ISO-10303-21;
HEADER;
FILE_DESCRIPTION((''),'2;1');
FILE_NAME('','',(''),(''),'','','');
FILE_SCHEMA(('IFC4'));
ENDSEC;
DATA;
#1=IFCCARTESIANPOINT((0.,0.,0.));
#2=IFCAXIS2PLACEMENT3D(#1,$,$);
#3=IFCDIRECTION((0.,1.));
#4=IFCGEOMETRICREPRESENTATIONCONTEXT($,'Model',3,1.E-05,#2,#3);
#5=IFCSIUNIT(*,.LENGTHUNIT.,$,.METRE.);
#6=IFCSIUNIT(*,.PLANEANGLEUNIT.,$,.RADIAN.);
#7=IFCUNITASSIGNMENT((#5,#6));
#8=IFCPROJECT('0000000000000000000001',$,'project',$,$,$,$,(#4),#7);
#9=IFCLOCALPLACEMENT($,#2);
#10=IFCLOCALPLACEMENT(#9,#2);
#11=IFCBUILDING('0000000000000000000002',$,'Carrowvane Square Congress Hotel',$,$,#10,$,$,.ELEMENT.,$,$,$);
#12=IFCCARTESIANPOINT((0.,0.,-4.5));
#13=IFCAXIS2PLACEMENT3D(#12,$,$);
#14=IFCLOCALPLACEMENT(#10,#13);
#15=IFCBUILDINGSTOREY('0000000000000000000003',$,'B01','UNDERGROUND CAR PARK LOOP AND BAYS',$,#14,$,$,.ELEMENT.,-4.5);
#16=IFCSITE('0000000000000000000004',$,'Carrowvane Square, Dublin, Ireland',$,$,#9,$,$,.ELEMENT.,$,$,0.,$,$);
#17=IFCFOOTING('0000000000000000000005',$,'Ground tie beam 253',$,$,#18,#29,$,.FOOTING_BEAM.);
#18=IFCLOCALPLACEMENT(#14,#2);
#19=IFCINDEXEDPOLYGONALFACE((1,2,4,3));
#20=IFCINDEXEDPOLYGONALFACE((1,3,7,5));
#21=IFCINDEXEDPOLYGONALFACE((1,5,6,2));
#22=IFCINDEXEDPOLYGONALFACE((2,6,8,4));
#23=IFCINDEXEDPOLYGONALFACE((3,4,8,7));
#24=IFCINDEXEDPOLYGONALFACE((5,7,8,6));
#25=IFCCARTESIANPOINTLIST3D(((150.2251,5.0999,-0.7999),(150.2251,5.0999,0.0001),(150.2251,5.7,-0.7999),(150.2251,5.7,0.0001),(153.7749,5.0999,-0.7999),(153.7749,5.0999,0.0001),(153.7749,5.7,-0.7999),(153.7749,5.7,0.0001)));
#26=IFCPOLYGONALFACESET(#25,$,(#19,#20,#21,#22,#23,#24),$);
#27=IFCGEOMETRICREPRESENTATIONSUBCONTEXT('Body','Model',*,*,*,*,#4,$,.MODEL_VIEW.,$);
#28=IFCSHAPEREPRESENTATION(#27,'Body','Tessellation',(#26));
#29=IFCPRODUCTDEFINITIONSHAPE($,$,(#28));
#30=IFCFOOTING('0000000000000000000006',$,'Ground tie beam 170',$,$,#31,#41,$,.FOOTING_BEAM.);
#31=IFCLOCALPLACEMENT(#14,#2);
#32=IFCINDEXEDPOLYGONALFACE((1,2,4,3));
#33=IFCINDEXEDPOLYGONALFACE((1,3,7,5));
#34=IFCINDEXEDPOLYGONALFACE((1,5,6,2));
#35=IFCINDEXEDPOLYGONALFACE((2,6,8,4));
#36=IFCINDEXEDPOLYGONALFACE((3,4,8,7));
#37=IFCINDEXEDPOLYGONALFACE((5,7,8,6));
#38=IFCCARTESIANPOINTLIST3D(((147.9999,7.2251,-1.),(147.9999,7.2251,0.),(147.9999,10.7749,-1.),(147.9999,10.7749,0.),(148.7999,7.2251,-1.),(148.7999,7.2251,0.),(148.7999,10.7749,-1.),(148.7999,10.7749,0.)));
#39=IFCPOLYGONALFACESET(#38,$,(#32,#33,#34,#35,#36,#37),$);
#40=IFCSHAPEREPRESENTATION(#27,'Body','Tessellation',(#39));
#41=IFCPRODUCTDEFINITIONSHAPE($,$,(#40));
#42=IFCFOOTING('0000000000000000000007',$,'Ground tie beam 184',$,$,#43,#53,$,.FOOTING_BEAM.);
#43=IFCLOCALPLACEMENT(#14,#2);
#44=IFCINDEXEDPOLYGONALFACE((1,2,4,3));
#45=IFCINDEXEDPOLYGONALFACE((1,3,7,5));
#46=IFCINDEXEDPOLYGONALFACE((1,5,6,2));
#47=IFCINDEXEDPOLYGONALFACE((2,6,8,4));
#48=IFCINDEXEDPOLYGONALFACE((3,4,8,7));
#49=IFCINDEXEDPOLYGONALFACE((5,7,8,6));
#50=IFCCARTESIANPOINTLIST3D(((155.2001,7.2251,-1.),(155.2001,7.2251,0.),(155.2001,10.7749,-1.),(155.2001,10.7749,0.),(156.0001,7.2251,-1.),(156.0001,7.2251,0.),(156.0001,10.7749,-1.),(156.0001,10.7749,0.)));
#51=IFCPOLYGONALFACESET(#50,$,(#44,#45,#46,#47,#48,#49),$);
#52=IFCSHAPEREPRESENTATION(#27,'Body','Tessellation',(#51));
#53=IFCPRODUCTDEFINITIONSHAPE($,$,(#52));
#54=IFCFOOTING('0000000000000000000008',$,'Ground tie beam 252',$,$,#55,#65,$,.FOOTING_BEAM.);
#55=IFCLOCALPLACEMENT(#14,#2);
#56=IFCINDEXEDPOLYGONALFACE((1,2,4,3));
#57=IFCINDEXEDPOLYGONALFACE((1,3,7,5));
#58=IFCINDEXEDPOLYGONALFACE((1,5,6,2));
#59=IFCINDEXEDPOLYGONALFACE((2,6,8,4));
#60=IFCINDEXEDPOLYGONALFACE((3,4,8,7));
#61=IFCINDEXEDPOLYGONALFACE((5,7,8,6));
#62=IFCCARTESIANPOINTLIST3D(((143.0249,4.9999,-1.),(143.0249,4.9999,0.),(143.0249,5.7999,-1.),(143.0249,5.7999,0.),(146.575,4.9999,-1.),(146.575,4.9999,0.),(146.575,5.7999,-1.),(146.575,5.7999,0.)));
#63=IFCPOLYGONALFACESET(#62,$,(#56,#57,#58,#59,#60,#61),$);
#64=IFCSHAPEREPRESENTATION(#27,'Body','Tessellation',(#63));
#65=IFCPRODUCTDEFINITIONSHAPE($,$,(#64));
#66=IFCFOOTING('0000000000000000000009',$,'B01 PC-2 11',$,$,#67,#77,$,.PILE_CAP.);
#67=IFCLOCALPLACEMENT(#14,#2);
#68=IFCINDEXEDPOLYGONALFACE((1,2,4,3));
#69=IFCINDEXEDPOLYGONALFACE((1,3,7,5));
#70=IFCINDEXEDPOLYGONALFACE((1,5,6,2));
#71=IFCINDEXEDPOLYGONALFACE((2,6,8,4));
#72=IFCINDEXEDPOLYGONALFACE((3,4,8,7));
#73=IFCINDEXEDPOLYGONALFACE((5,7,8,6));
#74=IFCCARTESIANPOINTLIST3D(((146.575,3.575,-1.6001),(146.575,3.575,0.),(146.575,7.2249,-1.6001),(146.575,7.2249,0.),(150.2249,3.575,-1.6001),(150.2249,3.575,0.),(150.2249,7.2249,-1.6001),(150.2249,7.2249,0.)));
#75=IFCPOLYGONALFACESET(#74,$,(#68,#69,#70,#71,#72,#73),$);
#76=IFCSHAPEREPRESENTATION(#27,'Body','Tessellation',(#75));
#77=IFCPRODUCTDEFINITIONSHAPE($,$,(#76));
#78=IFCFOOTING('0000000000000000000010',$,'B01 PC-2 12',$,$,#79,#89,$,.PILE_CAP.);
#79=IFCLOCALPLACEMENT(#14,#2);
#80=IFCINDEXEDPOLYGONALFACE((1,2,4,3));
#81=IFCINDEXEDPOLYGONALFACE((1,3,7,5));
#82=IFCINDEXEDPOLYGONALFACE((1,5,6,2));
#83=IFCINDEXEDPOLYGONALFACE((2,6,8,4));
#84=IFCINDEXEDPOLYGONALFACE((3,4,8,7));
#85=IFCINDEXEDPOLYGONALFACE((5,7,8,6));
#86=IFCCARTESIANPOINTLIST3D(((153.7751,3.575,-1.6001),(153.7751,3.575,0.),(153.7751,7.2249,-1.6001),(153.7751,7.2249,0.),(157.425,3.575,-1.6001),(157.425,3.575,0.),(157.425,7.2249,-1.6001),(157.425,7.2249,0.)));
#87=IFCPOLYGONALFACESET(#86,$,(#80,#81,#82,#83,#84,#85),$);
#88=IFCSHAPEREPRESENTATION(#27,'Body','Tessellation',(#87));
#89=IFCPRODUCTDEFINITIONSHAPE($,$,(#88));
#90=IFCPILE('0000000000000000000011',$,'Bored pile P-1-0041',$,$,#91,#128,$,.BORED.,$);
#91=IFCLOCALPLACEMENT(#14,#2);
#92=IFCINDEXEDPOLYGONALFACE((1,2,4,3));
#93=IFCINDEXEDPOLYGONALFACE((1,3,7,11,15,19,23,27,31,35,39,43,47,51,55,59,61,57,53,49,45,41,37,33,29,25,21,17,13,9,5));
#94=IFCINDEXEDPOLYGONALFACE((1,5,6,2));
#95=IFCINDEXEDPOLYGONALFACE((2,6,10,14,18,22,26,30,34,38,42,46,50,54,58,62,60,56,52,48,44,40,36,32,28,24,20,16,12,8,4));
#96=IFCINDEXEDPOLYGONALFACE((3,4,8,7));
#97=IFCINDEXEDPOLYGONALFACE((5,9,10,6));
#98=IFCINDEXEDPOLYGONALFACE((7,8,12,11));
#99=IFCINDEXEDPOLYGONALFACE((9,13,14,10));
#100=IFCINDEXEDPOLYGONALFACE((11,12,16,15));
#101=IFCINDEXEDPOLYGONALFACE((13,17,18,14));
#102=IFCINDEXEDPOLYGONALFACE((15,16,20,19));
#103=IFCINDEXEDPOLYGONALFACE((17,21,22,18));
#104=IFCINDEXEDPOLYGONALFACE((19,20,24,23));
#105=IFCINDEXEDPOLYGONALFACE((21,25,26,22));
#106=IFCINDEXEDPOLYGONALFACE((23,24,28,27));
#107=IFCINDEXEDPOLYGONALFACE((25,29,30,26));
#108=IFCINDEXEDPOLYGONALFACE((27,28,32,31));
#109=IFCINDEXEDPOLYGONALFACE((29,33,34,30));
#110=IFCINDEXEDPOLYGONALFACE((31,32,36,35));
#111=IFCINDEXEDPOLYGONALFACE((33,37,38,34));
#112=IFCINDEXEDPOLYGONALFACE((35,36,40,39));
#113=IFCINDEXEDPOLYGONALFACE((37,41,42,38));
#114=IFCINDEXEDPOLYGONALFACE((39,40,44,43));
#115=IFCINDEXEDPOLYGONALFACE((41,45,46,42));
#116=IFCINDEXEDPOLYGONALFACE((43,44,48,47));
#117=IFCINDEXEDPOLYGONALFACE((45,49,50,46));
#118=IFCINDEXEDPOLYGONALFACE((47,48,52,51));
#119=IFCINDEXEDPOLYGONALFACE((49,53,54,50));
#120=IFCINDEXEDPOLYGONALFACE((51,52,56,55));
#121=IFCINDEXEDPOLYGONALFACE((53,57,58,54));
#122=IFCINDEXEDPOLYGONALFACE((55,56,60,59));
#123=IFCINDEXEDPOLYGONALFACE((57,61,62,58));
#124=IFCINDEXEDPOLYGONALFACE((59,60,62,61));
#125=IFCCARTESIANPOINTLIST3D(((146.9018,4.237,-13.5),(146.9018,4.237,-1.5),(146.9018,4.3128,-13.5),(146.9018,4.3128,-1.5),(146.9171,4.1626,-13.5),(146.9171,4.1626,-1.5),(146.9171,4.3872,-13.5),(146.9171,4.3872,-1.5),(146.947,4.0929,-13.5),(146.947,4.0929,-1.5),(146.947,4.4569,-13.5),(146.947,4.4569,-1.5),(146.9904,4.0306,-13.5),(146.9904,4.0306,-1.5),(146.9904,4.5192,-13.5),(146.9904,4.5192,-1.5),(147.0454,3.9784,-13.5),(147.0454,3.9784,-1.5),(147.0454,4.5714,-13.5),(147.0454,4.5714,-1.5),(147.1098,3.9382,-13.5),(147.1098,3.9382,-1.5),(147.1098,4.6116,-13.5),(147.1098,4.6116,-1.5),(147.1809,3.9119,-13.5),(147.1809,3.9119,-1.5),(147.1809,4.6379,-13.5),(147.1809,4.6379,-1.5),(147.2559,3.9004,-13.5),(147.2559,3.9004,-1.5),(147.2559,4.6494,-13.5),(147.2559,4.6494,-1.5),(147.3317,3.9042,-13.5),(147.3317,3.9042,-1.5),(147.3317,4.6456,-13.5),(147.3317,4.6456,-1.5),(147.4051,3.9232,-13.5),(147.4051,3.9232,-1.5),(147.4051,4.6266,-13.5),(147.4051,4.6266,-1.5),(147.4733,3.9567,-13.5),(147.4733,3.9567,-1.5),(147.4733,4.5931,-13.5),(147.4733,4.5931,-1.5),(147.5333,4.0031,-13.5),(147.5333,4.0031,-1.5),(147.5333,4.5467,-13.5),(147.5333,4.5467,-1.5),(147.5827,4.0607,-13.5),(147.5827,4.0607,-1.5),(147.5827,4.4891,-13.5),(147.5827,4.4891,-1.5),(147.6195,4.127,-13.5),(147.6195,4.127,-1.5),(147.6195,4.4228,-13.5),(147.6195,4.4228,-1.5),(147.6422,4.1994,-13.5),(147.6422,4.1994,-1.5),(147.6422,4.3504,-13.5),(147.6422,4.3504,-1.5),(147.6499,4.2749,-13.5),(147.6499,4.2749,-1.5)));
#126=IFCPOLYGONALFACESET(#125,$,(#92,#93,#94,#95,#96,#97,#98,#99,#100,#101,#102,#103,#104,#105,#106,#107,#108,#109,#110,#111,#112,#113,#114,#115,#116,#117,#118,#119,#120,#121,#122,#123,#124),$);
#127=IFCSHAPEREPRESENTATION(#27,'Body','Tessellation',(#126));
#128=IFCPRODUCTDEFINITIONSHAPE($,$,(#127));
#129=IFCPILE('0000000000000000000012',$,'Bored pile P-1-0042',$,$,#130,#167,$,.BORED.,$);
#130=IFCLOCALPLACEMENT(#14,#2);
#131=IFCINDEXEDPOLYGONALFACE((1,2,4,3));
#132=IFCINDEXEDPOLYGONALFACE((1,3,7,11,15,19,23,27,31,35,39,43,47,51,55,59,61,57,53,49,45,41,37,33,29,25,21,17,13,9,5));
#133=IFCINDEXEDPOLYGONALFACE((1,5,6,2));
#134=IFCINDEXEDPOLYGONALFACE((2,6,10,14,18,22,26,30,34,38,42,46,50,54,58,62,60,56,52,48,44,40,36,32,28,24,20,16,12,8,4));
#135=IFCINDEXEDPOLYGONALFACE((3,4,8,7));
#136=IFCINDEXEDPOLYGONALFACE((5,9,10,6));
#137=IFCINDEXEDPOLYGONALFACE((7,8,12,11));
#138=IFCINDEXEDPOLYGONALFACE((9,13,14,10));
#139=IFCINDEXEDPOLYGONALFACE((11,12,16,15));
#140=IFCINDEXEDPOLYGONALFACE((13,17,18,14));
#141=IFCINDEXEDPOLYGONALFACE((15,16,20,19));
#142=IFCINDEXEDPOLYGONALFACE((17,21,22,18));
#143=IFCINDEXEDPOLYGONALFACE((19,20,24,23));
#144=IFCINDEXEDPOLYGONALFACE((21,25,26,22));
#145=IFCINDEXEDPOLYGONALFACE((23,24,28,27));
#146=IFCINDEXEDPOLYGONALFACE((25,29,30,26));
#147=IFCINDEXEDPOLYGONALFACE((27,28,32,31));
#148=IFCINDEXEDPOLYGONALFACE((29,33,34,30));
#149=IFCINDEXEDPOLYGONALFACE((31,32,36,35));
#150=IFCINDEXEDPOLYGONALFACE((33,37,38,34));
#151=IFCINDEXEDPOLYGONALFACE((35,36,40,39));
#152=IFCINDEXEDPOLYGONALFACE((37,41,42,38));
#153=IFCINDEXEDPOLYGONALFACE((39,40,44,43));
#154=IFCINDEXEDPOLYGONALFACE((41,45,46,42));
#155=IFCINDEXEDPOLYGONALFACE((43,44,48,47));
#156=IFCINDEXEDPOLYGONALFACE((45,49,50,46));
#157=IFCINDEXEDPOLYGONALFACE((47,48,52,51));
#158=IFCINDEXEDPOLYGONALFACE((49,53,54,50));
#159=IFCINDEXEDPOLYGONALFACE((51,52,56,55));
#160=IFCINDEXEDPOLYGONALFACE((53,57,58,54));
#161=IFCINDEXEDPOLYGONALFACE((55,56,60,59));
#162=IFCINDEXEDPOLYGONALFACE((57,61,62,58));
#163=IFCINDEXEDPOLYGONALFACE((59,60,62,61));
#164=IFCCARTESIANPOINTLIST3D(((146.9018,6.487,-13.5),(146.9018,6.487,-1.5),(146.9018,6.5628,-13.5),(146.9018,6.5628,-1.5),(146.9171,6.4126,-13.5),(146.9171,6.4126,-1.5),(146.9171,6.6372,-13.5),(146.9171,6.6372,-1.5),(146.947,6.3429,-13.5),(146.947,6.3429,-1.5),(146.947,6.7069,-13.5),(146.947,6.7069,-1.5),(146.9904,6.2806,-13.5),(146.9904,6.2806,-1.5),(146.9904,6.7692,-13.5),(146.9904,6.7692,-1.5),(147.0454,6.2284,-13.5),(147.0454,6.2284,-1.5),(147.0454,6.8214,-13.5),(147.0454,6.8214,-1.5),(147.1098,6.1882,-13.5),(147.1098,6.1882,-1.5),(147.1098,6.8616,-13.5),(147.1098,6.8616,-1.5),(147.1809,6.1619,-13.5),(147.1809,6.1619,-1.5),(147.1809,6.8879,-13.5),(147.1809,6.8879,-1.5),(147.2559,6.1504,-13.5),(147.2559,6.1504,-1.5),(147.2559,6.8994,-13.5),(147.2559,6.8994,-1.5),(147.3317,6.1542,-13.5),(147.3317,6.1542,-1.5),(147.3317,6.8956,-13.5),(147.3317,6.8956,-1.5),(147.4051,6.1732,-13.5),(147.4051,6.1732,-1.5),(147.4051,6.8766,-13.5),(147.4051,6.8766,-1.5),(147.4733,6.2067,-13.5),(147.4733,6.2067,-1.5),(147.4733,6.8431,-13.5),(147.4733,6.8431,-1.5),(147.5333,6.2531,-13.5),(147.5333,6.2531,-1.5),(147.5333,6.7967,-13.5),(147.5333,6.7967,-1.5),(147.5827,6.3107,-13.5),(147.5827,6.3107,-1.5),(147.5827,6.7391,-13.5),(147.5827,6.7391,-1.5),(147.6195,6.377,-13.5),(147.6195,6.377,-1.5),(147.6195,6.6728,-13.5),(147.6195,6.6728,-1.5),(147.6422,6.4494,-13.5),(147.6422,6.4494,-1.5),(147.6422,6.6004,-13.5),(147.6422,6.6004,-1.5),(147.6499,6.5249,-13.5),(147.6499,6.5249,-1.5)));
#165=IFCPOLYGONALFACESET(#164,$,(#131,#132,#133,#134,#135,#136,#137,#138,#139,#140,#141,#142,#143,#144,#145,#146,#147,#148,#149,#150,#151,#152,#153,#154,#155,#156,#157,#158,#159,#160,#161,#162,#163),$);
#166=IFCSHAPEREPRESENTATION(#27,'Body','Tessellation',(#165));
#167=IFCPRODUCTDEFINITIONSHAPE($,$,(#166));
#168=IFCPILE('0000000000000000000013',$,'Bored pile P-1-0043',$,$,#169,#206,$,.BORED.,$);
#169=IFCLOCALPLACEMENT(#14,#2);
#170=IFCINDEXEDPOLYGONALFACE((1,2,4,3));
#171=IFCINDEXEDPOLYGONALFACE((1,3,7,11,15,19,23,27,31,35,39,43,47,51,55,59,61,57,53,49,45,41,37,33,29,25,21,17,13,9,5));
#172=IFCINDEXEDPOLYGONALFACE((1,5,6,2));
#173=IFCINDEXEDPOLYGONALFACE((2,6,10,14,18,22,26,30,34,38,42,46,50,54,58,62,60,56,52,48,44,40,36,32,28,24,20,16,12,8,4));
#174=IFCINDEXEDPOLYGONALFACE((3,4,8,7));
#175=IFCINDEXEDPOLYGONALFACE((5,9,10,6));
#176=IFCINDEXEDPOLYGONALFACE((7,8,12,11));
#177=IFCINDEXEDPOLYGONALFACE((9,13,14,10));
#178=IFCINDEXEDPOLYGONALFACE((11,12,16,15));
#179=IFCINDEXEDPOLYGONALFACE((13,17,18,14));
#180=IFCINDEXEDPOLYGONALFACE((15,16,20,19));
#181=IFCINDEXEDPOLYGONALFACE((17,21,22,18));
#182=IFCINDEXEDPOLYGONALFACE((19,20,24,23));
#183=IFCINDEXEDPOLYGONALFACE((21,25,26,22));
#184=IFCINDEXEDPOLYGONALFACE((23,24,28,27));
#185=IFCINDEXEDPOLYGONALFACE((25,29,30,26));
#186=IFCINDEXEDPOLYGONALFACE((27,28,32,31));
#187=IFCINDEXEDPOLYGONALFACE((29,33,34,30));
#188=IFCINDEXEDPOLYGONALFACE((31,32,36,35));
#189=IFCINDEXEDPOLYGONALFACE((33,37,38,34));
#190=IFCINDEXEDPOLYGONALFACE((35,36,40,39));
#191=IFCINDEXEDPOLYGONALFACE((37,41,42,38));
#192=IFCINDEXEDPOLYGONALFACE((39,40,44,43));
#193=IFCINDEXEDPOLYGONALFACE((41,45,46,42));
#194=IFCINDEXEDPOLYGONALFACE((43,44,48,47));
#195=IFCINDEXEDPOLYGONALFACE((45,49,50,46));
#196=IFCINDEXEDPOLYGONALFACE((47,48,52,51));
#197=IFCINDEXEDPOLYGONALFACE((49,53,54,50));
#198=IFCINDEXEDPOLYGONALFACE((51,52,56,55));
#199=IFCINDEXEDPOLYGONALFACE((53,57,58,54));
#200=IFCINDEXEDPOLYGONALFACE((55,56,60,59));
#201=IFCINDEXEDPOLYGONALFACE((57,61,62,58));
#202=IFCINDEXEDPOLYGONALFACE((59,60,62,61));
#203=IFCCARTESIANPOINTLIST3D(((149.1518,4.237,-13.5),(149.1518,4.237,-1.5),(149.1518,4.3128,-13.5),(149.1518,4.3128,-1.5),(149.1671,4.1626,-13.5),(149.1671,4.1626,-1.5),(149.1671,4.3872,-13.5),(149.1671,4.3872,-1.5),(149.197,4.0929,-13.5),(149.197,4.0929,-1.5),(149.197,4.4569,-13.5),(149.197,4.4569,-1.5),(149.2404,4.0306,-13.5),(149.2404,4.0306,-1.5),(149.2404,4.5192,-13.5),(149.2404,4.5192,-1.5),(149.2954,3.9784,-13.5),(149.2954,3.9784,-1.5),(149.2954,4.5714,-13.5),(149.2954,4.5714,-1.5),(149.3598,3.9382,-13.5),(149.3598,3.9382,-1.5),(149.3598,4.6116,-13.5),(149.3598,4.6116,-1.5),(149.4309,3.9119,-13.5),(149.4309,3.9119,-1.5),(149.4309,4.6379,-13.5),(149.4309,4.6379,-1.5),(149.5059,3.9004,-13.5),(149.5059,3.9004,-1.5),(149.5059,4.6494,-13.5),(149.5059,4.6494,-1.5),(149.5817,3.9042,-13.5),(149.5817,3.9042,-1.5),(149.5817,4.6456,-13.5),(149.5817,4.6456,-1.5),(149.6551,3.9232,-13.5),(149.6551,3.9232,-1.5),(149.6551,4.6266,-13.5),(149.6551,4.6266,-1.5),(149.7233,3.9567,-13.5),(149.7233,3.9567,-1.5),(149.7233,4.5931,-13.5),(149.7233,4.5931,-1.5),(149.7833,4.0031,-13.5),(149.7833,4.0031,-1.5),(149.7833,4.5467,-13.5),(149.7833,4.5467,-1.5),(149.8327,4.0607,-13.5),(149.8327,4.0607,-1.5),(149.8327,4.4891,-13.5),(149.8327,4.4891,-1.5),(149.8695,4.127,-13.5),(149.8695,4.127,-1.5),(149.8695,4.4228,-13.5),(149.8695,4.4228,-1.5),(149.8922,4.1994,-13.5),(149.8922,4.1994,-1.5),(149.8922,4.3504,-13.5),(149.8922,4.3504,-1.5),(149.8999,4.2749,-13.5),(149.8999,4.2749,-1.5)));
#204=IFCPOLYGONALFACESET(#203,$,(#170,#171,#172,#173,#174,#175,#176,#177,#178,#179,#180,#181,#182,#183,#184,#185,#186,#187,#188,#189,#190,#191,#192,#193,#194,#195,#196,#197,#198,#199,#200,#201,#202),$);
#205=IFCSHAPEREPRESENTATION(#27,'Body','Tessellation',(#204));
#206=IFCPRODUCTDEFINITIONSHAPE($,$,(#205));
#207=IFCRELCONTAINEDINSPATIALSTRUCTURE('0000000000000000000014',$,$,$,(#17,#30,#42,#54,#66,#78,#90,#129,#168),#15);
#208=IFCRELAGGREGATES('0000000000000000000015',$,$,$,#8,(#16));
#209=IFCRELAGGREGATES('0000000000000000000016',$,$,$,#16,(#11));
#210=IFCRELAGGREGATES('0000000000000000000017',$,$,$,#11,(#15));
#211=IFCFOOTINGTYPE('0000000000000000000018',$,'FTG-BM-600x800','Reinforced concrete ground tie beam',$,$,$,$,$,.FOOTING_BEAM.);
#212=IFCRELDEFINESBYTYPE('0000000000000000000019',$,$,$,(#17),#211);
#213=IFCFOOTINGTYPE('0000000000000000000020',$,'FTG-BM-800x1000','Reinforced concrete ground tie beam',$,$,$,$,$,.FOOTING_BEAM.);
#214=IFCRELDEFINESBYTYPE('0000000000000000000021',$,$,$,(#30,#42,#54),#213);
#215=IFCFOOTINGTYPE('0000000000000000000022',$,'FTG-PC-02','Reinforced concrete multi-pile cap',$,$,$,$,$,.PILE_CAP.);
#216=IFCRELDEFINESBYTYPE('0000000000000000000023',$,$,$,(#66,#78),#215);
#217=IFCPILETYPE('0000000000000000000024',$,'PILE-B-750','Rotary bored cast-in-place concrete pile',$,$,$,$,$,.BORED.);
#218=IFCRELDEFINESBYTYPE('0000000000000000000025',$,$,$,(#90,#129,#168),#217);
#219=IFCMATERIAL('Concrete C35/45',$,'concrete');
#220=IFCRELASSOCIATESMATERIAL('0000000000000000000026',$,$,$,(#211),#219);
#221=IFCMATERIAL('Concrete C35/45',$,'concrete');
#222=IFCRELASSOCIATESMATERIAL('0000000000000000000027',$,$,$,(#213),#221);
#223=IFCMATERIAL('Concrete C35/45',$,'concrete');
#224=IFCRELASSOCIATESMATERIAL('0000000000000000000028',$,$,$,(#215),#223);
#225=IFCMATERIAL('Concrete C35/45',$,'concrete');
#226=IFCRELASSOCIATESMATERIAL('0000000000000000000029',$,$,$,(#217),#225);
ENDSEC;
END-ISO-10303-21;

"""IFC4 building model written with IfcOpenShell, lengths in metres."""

from ifc_helpers import new_model, si_unit, direction, frame, origin, origin_2d, place, context, subcontext, project, spatial, rectangle, circle, extrude, material, material_profile, profile_set, type_object, element, save


model = new_model("IFC4")

# Units and contexts
model_context = context("Model", 3, precision=1e-05, world=origin(), true_north=direction((0.0, 1.0)))
body_context = subcontext(model_context, "Body", "Model", "MODEL_VIEW")
ifc_project = project(units=[si_unit("LENGTHUNIT", "METRE"), si_unit("PLANEANGLEUNIT", "RADIAN")], contexts=[model_context])

# Site, building, storey
site_placement = place(None, origin())
site = spatial("IfcSite", under=ifc_project, at=site_placement, Name="Carrowvane Square, Dublin, Ireland", CompositionType="ELEMENT", RefElevation=0.0)
building_placement = place(site_placement, origin())
building = spatial("IfcBuilding", under=site, at=building_placement, Name="Carrowvane Square Congress Hotel", CompositionType="ELEMENT")
storey_placement = place(building_placement, frame((0.0, 0.0, -4.5)))
storey = spatial("IfcBuildingStorey", under=building, at=storey_placement, Name="B01", Description="UNDERGROUND CAR PARK LOOP AND BAYS", CompositionType="ELEMENT", Elevation=-4.5)

# Footings
ifc_material_1 = material(Name="Concrete C35/45", Category="concrete")
ifc_material_profile_1 = material_profile(ifc_material_1, rectangle(XDim=0.6001, YDim=0.8, at=origin_2d()), Name="RC 600x800")
ifc_profile_set_1 = profile_set([ifc_material_profile_1], Name="Concrete C35/45")
footing_type_1 = type_object("IfcFootingType", Name="FTG-BM-600x800", Description="Reinforced concrete ground tie beam", PredefinedType="FOOTING_BEAM", material=ifc_profile_set_1)
footing_1_placement = place(storey_placement, frame((150.2251, 5.3999, -0.3999), z_axis=(1.0, 0.0, 0.0), x_axis=(0.0, 1.0, 0.0)))
element("IfcFooting", 1, at=footing_1_placement, inside=storey, type_object=footing_type_1, Name="Ground tie beam 253", PredefinedType="FOOTING_BEAM", context=body_context, shape_type="SweptSolid", body=[
    extrude(rectangle(XDim=0.6001, YDim=0.8, at=origin_2d()), origin(), (0.0, 0.0, 1.0), 3.5498),
])
ifc_material_2 = material(Name="Concrete C35/45", Category="concrete")
ifc_material_profile_2 = material_profile(ifc_material_2, rectangle(XDim=0.8, YDim=1.0, at=origin_2d()), Name="RC 800x1000")
ifc_profile_set_2 = profile_set([ifc_material_profile_2], Name="Concrete C35/45")
footing_type_2 = type_object("IfcFootingType", Name="FTG-BM-800x1000", Description="Reinforced concrete ground tie beam", PredefinedType="FOOTING_BEAM", material=ifc_profile_set_2)
for number, where, z_axis, x_axis, name in (
    (2, (148.3999, 7.2251, -0.5), (0.0, 1.0, 0.0), (-1.0, 0.0, 0.0), "Ground tie beam 170"),
    (3, (155.6001, 7.2251, -0.5), (0.0, 1.0, 0.0), (-1.0, 0.0, 0.0), "Ground tie beam 184"),
):
    element("IfcFooting", number, at=place(storey_placement, frame(where, z_axis=z_axis, x_axis=x_axis)), inside=storey, type_object=footing_type_2, Name=name, PredefinedType="FOOTING_BEAM", context=body_context, shape_type="SweptSolid", body=[
        extrude(rectangle(XDim=0.8, YDim=1.0, at=origin_2d()), origin(), (0.0, 0.0, 1.0), 3.5498),
    ])
footing_2_placement = place(storey_placement, frame((143.0249, 5.3999, -0.5), z_axis=(1.0, 0.0, 0.0), x_axis=(0.0, 1.0, 0.0)))
element("IfcFooting", 4, at=footing_2_placement, inside=storey, type_object=footing_type_2, Name="Ground tie beam 252", PredefinedType="FOOTING_BEAM", context=body_context, shape_type="SweptSolid", body=[
    extrude(rectangle(XDim=0.8, YDim=1.0, at=origin_2d()), origin(), (0.0, 0.0, 1.0), 3.55),
])
ifc_material_3 = material(Name="Concrete C35/45", Category="concrete")
footing_type_3 = type_object("IfcFootingType", Name="FTG-PC-02", Description="Reinforced concrete multi-pile cap", PredefinedType="PILE_CAP", material=ifc_material_3)
for number, where, z_axis, x_axis, name in (
    (5, (148.3999, 5.3999, -1.6001), (0.0, 0.0, 1.0), (1.0, 0.0, 0.0), "B01 PC-2 11"),
    (6, (155.6001, 5.3999, -1.6001), (0.0, 0.0, 1.0), (1.0, 0.0, 0.0), "B01 PC-2 12"),
):
    element("IfcFooting", number, at=place(storey_placement, frame(where, z_axis=z_axis, x_axis=x_axis)), inside=storey, type_object=footing_type_3, Name=name, PredefinedType="PILE_CAP", context=body_context, shape_type="SweptSolid", body=[
        extrude(rectangle(XDim=3.6499, YDim=3.6499, at=origin_2d()), origin(), (0.0, 0.0, 1.0), 1.6001),
    ])

# Piles
ifc_material_4 = material(Name="Concrete C35/45", Category="concrete")
ifc_material_profile_3 = material_profile(ifc_material_4, circle(Radius=0.375, at=origin_2d()), Name="PILE D750")
ifc_profile_set_3 = profile_set([ifc_material_profile_3], Name="Concrete C35/45")
pile_type = type_object("IfcPileType", Name="PILE-B-750", Description="Rotary bored cast-in-place concrete pile", PredefinedType="BORED", material=ifc_profile_set_3)
for number, where, z_axis, x_axis, name in (
    (7, (147.2749, 4.2749, -1.5), (0.0, 0.0, -1.0), (1.0, 0.0, 0.0), "Bored pile P-1-0041"),
    (8, (147.2749, 6.5249, -1.5), (0.0, 0.0, -1.0), (1.0, 0.0, 0.0), "Bored pile P-1-0042"),
    (9, (149.5249, 4.2749, -1.5), (0.0, 0.0, -1.0), (1.0, 0.0, 0.0), "Bored pile P-1-0043"),
):
    element("IfcPile", number, at=place(storey_placement, frame(where, z_axis=z_axis, x_axis=x_axis)), inside=storey, type_object=pile_type, Name=name, PredefinedType="BORED", context=body_context, shape_type="SweptSolid", body=[
        extrude(circle(Radius=0.375, at=origin_2d()), origin(), (0.0, 0.0, 1.0), 12.0),
    ])

save(model, "model.ifc")
